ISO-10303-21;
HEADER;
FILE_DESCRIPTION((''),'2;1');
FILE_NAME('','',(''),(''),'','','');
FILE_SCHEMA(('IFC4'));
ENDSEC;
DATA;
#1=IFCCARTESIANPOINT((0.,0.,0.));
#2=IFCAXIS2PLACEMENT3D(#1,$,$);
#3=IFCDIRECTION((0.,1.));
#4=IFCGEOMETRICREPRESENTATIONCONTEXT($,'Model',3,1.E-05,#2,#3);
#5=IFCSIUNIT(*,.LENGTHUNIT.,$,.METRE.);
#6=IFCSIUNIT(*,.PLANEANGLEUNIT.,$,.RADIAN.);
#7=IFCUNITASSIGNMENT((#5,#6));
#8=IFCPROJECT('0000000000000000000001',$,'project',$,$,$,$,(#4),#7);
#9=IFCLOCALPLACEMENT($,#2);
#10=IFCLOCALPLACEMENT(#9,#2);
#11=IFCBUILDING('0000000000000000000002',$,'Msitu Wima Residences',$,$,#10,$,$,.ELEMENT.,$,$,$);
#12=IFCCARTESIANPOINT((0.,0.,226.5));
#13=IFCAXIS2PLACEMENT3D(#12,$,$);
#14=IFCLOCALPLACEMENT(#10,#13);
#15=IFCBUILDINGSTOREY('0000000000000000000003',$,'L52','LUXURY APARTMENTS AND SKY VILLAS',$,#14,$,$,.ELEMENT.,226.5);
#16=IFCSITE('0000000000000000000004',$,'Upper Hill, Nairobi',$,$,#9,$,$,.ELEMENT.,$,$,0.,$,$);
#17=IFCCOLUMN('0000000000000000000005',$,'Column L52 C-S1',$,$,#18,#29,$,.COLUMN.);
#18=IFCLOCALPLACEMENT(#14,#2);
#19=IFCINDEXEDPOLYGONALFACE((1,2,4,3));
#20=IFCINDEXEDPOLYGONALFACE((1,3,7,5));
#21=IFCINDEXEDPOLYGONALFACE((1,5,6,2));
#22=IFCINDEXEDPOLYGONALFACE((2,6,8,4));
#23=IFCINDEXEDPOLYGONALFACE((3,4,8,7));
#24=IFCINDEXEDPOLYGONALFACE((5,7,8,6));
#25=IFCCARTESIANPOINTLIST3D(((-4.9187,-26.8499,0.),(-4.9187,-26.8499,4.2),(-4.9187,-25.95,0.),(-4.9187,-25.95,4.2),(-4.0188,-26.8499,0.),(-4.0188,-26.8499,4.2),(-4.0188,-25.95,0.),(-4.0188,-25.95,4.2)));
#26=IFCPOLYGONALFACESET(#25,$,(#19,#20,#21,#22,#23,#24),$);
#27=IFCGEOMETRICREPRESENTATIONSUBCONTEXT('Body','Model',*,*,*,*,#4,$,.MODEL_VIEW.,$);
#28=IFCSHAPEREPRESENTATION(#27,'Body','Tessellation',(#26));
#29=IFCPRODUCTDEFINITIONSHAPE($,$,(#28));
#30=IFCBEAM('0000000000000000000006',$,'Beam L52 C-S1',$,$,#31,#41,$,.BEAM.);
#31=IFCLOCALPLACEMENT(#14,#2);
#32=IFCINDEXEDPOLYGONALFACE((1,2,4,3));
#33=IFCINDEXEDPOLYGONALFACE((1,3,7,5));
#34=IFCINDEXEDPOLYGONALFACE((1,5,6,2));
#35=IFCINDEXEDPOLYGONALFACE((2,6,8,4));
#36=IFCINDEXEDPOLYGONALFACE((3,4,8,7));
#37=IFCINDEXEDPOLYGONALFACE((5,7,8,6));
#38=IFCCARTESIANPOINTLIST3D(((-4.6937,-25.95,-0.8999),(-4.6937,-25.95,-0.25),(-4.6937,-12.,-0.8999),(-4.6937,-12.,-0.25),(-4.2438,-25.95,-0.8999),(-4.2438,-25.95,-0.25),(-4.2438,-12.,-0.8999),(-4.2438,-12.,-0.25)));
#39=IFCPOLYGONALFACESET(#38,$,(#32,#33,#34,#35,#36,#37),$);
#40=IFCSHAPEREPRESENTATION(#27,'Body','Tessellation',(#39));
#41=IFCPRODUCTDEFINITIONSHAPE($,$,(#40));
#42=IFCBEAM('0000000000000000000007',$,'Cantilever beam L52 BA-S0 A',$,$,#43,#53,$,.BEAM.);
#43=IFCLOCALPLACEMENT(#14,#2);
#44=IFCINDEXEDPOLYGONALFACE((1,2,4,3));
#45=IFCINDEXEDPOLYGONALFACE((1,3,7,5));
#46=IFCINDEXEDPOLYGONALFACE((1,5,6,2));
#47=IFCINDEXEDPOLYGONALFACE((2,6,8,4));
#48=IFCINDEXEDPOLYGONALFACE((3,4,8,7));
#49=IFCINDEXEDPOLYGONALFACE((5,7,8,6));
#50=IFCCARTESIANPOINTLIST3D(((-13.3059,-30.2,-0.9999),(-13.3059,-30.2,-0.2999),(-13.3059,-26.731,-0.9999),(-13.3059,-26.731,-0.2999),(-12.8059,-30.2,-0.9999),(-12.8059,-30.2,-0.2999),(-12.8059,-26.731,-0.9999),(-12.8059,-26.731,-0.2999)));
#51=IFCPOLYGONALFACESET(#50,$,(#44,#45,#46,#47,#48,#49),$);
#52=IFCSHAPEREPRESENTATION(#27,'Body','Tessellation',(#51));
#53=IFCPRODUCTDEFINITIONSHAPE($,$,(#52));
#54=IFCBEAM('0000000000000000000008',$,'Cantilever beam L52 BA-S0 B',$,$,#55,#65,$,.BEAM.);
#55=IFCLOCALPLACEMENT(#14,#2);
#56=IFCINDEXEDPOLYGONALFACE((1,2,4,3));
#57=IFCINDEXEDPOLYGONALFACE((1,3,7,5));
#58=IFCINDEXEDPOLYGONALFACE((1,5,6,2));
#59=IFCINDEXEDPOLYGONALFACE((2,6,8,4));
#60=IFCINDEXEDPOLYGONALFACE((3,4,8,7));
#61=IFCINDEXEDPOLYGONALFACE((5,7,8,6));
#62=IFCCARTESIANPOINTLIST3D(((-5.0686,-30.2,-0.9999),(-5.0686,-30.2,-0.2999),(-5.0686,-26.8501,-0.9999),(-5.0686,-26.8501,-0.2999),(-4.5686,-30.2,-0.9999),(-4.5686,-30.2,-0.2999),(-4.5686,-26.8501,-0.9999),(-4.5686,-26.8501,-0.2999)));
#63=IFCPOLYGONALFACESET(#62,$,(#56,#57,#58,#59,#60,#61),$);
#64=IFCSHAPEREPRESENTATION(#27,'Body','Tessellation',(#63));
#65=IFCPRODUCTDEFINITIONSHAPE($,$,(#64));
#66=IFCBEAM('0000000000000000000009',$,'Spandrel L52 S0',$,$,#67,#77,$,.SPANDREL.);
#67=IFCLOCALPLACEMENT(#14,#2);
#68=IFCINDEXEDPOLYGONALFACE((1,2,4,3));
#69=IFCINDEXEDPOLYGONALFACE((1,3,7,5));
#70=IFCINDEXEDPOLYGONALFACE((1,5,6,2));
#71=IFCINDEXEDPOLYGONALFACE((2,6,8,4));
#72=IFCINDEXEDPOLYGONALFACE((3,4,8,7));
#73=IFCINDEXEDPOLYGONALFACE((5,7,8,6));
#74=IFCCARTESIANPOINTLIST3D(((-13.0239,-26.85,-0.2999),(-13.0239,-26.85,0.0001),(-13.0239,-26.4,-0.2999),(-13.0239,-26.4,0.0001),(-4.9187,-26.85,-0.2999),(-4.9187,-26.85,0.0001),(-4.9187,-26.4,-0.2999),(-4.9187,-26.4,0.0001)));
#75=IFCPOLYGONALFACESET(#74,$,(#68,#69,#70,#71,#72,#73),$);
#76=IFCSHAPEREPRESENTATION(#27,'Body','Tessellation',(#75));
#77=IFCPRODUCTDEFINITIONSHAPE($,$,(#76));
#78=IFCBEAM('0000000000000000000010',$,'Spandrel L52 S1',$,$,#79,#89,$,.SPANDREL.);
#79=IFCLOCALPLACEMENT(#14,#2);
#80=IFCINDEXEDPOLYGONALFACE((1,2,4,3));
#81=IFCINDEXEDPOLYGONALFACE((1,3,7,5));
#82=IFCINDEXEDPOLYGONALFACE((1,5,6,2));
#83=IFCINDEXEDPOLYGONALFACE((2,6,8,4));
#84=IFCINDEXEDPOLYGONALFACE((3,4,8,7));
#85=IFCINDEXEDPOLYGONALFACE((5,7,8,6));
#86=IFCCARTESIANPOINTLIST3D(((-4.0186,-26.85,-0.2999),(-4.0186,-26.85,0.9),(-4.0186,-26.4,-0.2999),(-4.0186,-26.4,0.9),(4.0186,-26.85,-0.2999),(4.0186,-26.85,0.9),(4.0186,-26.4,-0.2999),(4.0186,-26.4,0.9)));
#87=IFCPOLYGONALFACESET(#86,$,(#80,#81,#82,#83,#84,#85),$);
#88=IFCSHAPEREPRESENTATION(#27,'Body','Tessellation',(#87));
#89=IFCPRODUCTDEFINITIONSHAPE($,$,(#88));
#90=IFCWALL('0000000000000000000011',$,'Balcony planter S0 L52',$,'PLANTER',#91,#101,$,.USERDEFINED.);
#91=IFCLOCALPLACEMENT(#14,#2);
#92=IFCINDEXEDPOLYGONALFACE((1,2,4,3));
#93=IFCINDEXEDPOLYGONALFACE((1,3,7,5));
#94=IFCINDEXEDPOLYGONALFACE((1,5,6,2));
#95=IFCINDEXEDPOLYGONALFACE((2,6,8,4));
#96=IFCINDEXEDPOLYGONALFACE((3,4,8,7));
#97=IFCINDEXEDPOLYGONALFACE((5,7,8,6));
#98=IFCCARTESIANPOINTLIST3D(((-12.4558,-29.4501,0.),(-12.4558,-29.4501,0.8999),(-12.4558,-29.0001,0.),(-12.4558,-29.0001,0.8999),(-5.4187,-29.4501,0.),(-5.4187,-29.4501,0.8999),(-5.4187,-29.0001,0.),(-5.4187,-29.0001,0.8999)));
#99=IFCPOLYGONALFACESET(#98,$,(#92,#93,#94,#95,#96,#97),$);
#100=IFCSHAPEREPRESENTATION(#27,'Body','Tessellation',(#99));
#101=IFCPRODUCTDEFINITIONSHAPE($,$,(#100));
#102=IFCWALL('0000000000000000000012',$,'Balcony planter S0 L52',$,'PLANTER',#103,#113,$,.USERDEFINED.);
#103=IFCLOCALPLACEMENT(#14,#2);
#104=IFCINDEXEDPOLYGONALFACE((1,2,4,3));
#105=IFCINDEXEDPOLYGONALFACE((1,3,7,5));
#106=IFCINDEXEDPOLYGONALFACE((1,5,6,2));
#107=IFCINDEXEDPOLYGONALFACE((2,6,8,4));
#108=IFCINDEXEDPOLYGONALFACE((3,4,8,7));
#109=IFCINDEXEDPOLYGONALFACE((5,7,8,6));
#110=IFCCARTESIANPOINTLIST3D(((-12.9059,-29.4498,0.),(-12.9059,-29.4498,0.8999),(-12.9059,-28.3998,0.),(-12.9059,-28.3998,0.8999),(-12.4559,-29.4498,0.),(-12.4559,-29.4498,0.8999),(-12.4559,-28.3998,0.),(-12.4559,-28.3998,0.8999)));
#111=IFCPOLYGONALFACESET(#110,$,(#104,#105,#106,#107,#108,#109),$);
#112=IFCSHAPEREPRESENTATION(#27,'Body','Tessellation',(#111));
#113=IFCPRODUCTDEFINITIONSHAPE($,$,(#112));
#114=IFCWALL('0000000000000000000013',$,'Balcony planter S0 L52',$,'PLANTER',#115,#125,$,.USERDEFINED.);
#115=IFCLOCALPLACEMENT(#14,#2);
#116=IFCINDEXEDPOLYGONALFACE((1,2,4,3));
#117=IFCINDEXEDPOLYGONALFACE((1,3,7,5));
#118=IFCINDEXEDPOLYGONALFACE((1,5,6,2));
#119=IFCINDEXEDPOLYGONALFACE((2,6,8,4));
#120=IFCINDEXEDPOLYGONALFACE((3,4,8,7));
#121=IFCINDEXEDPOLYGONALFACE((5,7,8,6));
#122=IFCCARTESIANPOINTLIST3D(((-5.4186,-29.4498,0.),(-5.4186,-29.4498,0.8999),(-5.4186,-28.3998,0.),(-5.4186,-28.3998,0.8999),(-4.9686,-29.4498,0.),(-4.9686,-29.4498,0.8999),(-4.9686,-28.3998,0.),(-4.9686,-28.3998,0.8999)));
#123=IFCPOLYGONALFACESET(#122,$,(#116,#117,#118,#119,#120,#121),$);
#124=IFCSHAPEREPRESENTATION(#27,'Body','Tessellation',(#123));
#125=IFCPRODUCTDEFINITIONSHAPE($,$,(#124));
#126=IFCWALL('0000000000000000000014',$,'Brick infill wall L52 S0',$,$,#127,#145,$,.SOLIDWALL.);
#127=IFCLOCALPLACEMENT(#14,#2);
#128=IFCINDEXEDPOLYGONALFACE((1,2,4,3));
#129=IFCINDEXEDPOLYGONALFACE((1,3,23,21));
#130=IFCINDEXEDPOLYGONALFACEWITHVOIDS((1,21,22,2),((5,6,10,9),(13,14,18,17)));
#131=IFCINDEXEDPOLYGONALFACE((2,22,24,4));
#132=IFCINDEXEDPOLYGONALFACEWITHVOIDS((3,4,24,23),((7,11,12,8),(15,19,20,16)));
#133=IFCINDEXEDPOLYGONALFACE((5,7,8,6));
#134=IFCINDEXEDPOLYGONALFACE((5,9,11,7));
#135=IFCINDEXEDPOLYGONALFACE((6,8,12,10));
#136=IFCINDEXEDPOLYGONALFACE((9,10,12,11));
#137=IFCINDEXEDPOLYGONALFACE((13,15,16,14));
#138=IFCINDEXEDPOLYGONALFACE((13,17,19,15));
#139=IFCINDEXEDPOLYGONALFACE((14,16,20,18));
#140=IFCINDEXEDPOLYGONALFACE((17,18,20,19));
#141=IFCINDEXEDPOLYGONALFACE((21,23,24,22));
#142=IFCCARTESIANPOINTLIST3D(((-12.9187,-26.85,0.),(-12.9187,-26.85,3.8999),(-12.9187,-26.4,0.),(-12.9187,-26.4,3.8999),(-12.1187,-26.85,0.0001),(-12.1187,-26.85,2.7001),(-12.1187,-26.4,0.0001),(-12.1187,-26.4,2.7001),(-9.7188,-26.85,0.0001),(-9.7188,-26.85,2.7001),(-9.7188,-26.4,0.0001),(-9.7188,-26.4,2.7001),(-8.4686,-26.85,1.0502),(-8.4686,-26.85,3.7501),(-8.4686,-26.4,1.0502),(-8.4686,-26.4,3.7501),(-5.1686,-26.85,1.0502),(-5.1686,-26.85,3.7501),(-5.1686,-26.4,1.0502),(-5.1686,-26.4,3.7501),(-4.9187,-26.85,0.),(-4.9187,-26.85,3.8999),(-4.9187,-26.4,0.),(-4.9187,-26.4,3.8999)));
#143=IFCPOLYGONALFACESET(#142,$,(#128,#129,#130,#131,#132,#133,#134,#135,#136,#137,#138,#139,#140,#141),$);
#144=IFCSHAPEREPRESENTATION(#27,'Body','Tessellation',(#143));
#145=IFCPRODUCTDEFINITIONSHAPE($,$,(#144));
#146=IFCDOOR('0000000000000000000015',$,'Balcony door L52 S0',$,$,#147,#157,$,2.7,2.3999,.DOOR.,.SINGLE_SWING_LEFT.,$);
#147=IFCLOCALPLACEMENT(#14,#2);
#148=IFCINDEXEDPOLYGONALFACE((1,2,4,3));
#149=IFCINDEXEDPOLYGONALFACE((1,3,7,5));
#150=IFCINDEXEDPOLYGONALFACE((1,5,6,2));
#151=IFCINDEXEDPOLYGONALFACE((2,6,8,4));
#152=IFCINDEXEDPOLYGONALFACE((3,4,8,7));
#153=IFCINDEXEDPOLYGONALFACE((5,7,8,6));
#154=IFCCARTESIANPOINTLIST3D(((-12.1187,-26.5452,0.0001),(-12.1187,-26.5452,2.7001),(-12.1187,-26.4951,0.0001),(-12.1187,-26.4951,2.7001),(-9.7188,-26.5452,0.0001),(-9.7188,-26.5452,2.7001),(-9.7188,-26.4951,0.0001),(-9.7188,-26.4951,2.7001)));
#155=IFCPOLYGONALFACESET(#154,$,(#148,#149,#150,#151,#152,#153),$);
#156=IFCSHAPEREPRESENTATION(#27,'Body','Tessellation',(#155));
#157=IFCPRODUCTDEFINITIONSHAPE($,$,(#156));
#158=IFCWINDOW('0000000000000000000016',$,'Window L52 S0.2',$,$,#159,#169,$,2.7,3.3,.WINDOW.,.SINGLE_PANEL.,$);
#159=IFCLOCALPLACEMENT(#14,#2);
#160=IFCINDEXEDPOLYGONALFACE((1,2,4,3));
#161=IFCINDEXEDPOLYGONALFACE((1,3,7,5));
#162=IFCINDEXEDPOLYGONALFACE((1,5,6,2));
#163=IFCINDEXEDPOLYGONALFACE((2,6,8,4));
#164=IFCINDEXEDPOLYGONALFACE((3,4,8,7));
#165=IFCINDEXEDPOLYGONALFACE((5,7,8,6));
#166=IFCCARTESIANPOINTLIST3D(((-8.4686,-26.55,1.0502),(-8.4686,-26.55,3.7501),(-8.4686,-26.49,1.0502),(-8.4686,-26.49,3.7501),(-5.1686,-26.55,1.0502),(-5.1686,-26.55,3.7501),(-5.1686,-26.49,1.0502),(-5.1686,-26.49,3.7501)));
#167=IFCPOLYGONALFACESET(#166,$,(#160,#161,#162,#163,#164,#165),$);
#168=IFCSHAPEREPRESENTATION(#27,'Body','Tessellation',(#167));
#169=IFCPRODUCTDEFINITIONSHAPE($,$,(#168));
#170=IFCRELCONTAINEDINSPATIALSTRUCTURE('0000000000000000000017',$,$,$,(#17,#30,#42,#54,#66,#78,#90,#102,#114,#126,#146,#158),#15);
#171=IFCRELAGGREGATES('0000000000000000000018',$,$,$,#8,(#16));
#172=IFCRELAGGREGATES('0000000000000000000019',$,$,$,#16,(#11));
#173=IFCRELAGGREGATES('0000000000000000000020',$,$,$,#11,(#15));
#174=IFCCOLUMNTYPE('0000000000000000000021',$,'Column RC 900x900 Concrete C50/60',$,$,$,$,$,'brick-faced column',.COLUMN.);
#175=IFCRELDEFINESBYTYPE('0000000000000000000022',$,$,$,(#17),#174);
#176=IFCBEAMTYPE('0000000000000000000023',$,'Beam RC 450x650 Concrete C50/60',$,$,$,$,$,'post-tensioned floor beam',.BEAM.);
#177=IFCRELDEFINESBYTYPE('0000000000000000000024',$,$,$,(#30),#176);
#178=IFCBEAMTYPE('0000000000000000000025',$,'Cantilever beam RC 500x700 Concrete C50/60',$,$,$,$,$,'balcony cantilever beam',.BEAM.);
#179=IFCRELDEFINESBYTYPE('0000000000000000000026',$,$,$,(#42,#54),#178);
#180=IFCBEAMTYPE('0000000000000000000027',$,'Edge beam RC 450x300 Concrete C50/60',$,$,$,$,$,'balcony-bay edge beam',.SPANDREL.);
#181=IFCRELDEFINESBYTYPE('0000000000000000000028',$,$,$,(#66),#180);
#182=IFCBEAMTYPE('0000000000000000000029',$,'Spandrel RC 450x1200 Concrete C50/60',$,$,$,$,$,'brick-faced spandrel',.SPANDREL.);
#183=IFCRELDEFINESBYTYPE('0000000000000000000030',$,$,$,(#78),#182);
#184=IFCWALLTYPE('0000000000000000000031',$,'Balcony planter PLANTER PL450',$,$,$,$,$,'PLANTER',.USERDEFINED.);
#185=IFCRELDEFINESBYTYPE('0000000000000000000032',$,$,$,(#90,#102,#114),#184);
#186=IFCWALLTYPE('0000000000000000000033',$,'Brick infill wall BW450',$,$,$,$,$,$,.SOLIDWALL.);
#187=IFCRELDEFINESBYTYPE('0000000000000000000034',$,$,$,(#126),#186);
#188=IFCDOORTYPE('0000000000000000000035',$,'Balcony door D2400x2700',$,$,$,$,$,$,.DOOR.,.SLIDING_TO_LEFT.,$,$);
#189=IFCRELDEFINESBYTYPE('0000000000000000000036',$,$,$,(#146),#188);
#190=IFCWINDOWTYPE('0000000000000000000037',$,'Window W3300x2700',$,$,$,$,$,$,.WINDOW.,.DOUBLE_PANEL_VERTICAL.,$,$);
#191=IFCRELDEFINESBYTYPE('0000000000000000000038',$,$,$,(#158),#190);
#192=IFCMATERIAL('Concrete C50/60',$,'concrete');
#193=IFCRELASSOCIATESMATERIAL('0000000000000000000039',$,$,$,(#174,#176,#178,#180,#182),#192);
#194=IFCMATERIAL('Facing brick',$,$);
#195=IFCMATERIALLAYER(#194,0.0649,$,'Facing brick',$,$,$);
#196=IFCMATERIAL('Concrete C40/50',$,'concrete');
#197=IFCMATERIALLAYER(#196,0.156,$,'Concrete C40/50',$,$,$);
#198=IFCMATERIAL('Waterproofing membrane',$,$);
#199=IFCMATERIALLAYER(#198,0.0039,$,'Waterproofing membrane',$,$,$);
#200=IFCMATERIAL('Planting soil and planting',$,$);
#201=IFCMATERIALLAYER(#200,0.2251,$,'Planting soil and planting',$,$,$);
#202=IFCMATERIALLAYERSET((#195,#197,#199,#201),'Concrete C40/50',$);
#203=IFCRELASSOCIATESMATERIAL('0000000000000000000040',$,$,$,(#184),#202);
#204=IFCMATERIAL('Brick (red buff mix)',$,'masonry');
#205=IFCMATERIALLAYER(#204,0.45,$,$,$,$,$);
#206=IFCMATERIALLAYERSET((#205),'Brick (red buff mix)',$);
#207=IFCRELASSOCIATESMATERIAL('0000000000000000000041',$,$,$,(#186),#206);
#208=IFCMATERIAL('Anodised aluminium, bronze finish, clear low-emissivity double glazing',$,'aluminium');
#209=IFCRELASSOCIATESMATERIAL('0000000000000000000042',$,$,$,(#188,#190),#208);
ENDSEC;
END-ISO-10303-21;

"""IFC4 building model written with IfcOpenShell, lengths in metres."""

from ifc_helpers import new_model, si_unit, direction, frame, frame_2d, origin, origin_2d, place, context, subcontext, project, spatial, rectangle, extrude, material, layer, layer_set, material_profile, profile_set, type_object, element, fill, save


model = new_model("IFC4")

# Units and contexts
model_context = context("Model", 3, precision=1e-05, world=origin(), true_north=direction((0.0, 1.0)))
body_context = subcontext(model_context, "Body", "Model", "MODEL_VIEW")
ifc_project = project(units=[si_unit("LENGTHUNIT", "METRE"), si_unit("PLANEANGLEUNIT", "RADIAN")], contexts=[model_context])

# Site, building, storey
site_placement = place(None, origin())
site = spatial("IfcSite", under=ifc_project, at=site_placement, Name="Upper Hill, Nairobi", CompositionType="ELEMENT", RefElevation=0.0)
building_placement = place(site_placement, origin())
building = spatial("IfcBuilding", under=site, at=building_placement, Name="Msitu Wima Residences", CompositionType="ELEMENT")
storey_placement = place(building_placement, frame((0.0, 0.0, 226.5)))
storey = spatial("IfcBuildingStorey", under=building, at=storey_placement, Name="L52", Description="LUXURY APARTMENTS AND SKY VILLAS", CompositionType="ELEMENT", Elevation=226.5)

# Column
ifc_material_1 = material(Name="Concrete C50/60", Category="concrete")
ifc_material_profile_1 = material_profile(ifc_material_1, rectangle(XDim=0.8999, YDim=0.8999, at=origin_2d()), Name="RC 900x900")
ifc_profile_set_1 = profile_set([ifc_material_profile_1], Name="Concrete C50/60")
column_type = type_object("IfcColumnType", Name="Column RC 900x900 Concrete C50/60", ElementType="brick-faced column", PredefinedType="COLUMN", material=ifc_profile_set_1)
column_placement = place(storey_placement, frame((-4.4688, -26.3999, 0.0), z_axis=(0.0, 0.0, 1.0), x_axis=(1.0, 0.0, 0.0)))
element("IfcColumn", 1, at=column_placement, inside=storey, type_object=column_type, Name="Column L52 C-S1", PredefinedType="COLUMN", context=body_context, shape_type="SweptSolid", body=[
    extrude(rectangle(XDim=0.8999, YDim=0.8999, at=origin_2d()), origin(), (0.0, 0.0, 1.0), 4.2),
])

# Beams
ifc_material_profile_2 = material_profile(ifc_material_1, rectangle(XDim=0.45, YDim=0.6499, at=origin_2d()), Name="RC 450x650")
ifc_profile_set_2 = profile_set([ifc_material_profile_2], Name="Concrete C50/60")
beam_type_1 = type_object("IfcBeamType", Name="Beam RC 450x650 Concrete C50/60", ElementType="post-tensioned floor beam", PredefinedType="BEAM", material=ifc_profile_set_2)
beam_1_placement = place(storey_placement, frame((-4.4688, -25.95, -0.575), z_axis=(0.0, 1.0, 0.0), x_axis=(-1.0, 0.0, 0.0)))
element("IfcBeam", 2, at=beam_1_placement, inside=storey, type_object=beam_type_1, Name="Beam L52 C-S1", PredefinedType="BEAM", context=body_context, shape_type="SweptSolid", body=[
    extrude(rectangle(XDim=0.45, YDim=0.6499, at=origin_2d()), origin(), (0.0, 0.0, 1.0), 13.95),
])
ifc_material_profile_3 = material_profile(ifc_material_1, rectangle(XDim=0.5, YDim=0.7, at=origin_2d()), Name="RC 500x700")
ifc_profile_set_3 = profile_set([ifc_material_profile_3], Name="Concrete C50/60")
beam_type_2 = type_object("IfcBeamType", Name="Cantilever beam RC 500x700 Concrete C50/60", ElementType="balcony cantilever beam", PredefinedType="BEAM", material=ifc_profile_set_3)
beam_2_placement = place(storey_placement, frame((-13.0559, -26.731, -0.6499), z_axis=(0.0, -1.0, 0.0), x_axis=(1.0, 0.0, 0.0)))
element("IfcBeam", 3, at=beam_2_placement, inside=storey, type_object=beam_type_2, Name="Cantilever beam L52 BA-S0 A", PredefinedType="BEAM", context=body_context, shape_type="SweptSolid", body=[
    extrude(rectangle(XDim=0.5, YDim=0.7, at=origin_2d()), origin(), (0.0, 0.0, 1.0), 3.469),
])
beam_3_placement = place(storey_placement, frame((-4.8186, -26.8501, -0.6499), z_axis=(0.0, -1.0, 0.0), x_axis=(1.0, 0.0, 0.0)))
element("IfcBeam", 4, at=beam_3_placement, inside=storey, type_object=beam_type_2, Name="Cantilever beam L52 BA-S0 B", PredefinedType="BEAM", context=body_context, shape_type="SweptSolid", body=[
    extrude(rectangle(XDim=0.5, YDim=0.7, at=origin_2d()), origin(), (0.0, 0.0, 1.0), 3.3499),
])
ifc_material_profile_4 = material_profile(ifc_material_1, rectangle(XDim=0.45, YDim=0.3, at=origin_2d()), Name="RC 450x300")
ifc_profile_set_4 = profile_set([ifc_material_profile_4], Name="Concrete C50/60")
beam_type_3 = type_object("IfcBeamType", Name="Edge beam RC 450x300 Concrete C50/60", ElementType="balcony-bay edge beam", PredefinedType="SPANDREL", material=ifc_profile_set_4)
beam_4_placement = place(storey_placement, frame((-13.0239, -26.625, -0.1499), z_axis=(1.0, 0.0, 0.0), x_axis=(0.0, 1.0, 0.0)))
element("IfcBeam", 5, at=beam_4_placement, inside=storey, type_object=beam_type_3, Name="Spandrel L52 S0", PredefinedType="SPANDREL", context=body_context, shape_type="SweptSolid", body=[
    extrude(rectangle(XDim=0.45, YDim=0.3, at=origin_2d()), origin(), (0.0, 0.0, 1.0), 8.1052),
])
ifc_material_profile_5 = material_profile(ifc_material_1, rectangle(XDim=0.45, YDim=1.2, at=origin_2d()), Name="RC 450x1200")
ifc_profile_set_5 = profile_set([ifc_material_profile_5], Name="Concrete C50/60")
beam_type_4 = type_object("IfcBeamType", Name="Spandrel RC 450x1200 Concrete C50/60", ElementType="brick-faced spandrel", PredefinedType="SPANDREL", material=ifc_profile_set_5)
beam_5_placement = place(storey_placement, frame((-4.0186, -26.625, 0.3), z_axis=(1.0, 0.0, 0.0), x_axis=(0.0, 1.0, 0.0)))
element("IfcBeam", 6, at=beam_5_placement, inside=storey, type_object=beam_type_4, Name="Spandrel L52 S1", PredefinedType="SPANDREL", context=body_context, shape_type="SweptSolid", body=[
    extrude(rectangle(XDim=0.45, YDim=1.2, at=origin_2d()), origin(), (0.0, 0.0, 1.0), 8.0371),
])

# Walls
ifc_material_2 = material(Name="Facing brick")
ifc_layer_1 = layer(ifc_material_2, 0.0649, Name="Facing brick")
ifc_material_3 = material(Name="Concrete C40/50", Category="concrete")
ifc_layer_2 = layer(ifc_material_3, 0.156, Name="Concrete C40/50")
ifc_material_4 = material(Name="Waterproofing membrane")
ifc_layer_3 = layer(ifc_material_4, 0.0039, Name="Waterproofing membrane")
ifc_material_5 = material(Name="Planting soil and planting")
ifc_layer_4 = layer(ifc_material_5, 0.2251, Name="Planting soil and planting")
ifc_layer_set_1 = layer_set([ifc_layer_1, ifc_layer_2, ifc_layer_3, ifc_layer_4], Name="Concrete C40/50")
wall_type_1 = type_object("IfcWallType", Name="Balcony planter PLANTER PL450", ElementType="PLANTER", PredefinedType="USERDEFINED", material=ifc_layer_set_1)
wall_1_placement = place(storey_placement, frame((-12.4558, -29.2251, 0.0), z_axis=(0.0, 0.0, 1.0), x_axis=(1.0, 0.0, 0.0)))
element("IfcWall", 7, at=wall_1_placement, inside=storey, type_object=wall_type_1, Name="Balcony planter S0 L52", ObjectType="PLANTER", PredefinedType="USERDEFINED", context=body_context, shape_type="SweptSolid", body=[
    extrude(rectangle(XDim=7.0371, YDim=0.45, at=frame_2d((3.5186, 0.0))), origin(), (0.0, 0.0, 1.0), 0.8999),
])
for number, where, z_axis, x_axis, name in (
    (8, (-12.6809, -28.3999, 0.0), (0.0, 0.0, 1.0), (0.0, -1.0, 0.0), "Balcony planter S0 L52"),
    (9, (-5.1936, -28.3999, 0.0), (0.0, 0.0, 1.0), (0.0, -1.0, 0.0), "Balcony planter S0 L52"),
):
    element("IfcWall", number, at=place(storey_placement, frame(where, z_axis=z_axis, x_axis=x_axis)), inside=storey, type_object=wall_type_1, Name=name, ObjectType="PLANTER", PredefinedType="USERDEFINED", context=body_context, shape_type="SweptSolid", body=[
        extrude(rectangle(XDim=1.05, YDim=0.45, at=frame_2d((0.5249, 0.0))), origin(), (0.0, 0.0, 1.0), 0.8999),
    ])

# Wall, openings, door, window
ifc_material_6 = material(Name="Brick (red buff mix)", Category="masonry")
ifc_layer_5 = layer(ifc_material_6, 0.45)
ifc_layer_set_2 = layer_set([ifc_layer_5], Name="Brick (red buff mix)")
wall_type_2 = type_object("IfcWallType", Name="Brick infill wall BW450", PredefinedType="SOLIDWALL", material=ifc_layer_set_2)
wall_2_placement = place(storey_placement, frame((-12.9187, -26.625, 0.0), z_axis=(0.0, 0.0, 1.0), x_axis=(1.0, 0.0, 0.0)))
wall_2 = element("IfcWall", 10, at=wall_2_placement, inside=storey, type_object=wall_type_2, Name="Brick infill wall L52 S0", PredefinedType="SOLIDWALL", context=body_context, shape_type="SweptSolid", body=[
    extrude(rectangle(XDim=8.0, YDim=0.45, at=frame_2d((4.0, 0.0))), origin(), (0.0, 0.0, 1.0), 3.8999),
])
opening_1_placement = place(wall_2_placement, frame((0.8, 0.0, 0.0)))
opening_1 = element("IfcOpeningElement", 11, at=opening_1_placement, cuts=wall_2, PredefinedType="OPENING", context=body_context, shape_type="SweptSolid", body=[
    extrude(rectangle(XDim=2.3999, YDim=2.7, at=frame_2d((1.2, 1.3501))), frame((0.0, 0.2349, 0.0), z_axis=(0.0, -1.0, 0.0), x_axis=(1.0, 0.0, 0.0)), (0.0, 0.0, 1.0), 0.47),
])
opening_2_placement = place(wall_2_placement, frame((4.4502, 0.0, 1.05)))
opening_2 = element("IfcOpeningElement", 12, at=opening_2_placement, cuts=wall_2, PredefinedType="OPENING", context=body_context, shape_type="SweptSolid", body=[
    extrude(rectangle(XDim=3.3, YDim=2.7, at=frame_2d((1.6499, 1.3501))), frame((0.0, 0.2349, 0.0), z_axis=(0.0, -1.0, 0.0), x_axis=(1.0, 0.0, 0.0)), (0.0, 0.0, 1.0), 0.47),
])
ifc_material_7 = material(Name="Anodised aluminium, bronze finish, clear low-emissivity double glazing", Category="aluminium")
door_type_1 = type_object("IfcDoorType", Name="Balcony door D2400x2700", OperationType="SLIDING_TO_LEFT", PredefinedType="DOOR", material=ifc_material_7)
door_1_placement = place(opening_1_placement, origin())
door_1 = element("IfcDoor", 13, at=door_1_placement, inside=storey, type_object=door_type_1, Name="Balcony door L52 S0", OperationType="SINGLE_SWING_LEFT", OverallHeight=2.7, OverallWidth=2.3999, PredefinedType="DOOR", context=body_context, shape_type="SweptSolid", body=[
    extrude(rectangle(XDim=2.3999, YDim=2.7, at=frame_2d((1.2, 1.3501))), frame((0.0, 0.1299, 0.0), z_axis=(0.0, -1.0, 0.0), x_axis=(1.0, 0.0, 0.0)), (0.0, 0.0, 1.0), 0.05),
])
fill(opening_1, door_1)
window_type = type_object("IfcWindowType", Name="Window W3300x2700", PartitioningType="DOUBLE_PANEL_VERTICAL", PredefinedType="WINDOW", material=ifc_material_7)
window_1_placement = place(opening_2_placement, origin())
window_1 = element("IfcWindow", 14, at=window_1_placement, inside=storey, type_object=window_type, Name="Window L52 S0.2", OverallHeight=2.7, OverallWidth=3.3, PartitioningType="SINGLE_PANEL", PredefinedType="WINDOW", context=body_context, shape_type="SweptSolid", body=[
    extrude(rectangle(XDim=3.3, YDim=2.7, at=frame_2d((1.6499, 1.3501))), frame((0.0, 0.135, 0.0), z_axis=(0.0, -1.0, 0.0), x_axis=(1.0, 0.0, 0.0)), (0.0, 0.0, 1.0), 0.0601),
])
fill(opening_2, window_1)

save(model, "model.ifc")
